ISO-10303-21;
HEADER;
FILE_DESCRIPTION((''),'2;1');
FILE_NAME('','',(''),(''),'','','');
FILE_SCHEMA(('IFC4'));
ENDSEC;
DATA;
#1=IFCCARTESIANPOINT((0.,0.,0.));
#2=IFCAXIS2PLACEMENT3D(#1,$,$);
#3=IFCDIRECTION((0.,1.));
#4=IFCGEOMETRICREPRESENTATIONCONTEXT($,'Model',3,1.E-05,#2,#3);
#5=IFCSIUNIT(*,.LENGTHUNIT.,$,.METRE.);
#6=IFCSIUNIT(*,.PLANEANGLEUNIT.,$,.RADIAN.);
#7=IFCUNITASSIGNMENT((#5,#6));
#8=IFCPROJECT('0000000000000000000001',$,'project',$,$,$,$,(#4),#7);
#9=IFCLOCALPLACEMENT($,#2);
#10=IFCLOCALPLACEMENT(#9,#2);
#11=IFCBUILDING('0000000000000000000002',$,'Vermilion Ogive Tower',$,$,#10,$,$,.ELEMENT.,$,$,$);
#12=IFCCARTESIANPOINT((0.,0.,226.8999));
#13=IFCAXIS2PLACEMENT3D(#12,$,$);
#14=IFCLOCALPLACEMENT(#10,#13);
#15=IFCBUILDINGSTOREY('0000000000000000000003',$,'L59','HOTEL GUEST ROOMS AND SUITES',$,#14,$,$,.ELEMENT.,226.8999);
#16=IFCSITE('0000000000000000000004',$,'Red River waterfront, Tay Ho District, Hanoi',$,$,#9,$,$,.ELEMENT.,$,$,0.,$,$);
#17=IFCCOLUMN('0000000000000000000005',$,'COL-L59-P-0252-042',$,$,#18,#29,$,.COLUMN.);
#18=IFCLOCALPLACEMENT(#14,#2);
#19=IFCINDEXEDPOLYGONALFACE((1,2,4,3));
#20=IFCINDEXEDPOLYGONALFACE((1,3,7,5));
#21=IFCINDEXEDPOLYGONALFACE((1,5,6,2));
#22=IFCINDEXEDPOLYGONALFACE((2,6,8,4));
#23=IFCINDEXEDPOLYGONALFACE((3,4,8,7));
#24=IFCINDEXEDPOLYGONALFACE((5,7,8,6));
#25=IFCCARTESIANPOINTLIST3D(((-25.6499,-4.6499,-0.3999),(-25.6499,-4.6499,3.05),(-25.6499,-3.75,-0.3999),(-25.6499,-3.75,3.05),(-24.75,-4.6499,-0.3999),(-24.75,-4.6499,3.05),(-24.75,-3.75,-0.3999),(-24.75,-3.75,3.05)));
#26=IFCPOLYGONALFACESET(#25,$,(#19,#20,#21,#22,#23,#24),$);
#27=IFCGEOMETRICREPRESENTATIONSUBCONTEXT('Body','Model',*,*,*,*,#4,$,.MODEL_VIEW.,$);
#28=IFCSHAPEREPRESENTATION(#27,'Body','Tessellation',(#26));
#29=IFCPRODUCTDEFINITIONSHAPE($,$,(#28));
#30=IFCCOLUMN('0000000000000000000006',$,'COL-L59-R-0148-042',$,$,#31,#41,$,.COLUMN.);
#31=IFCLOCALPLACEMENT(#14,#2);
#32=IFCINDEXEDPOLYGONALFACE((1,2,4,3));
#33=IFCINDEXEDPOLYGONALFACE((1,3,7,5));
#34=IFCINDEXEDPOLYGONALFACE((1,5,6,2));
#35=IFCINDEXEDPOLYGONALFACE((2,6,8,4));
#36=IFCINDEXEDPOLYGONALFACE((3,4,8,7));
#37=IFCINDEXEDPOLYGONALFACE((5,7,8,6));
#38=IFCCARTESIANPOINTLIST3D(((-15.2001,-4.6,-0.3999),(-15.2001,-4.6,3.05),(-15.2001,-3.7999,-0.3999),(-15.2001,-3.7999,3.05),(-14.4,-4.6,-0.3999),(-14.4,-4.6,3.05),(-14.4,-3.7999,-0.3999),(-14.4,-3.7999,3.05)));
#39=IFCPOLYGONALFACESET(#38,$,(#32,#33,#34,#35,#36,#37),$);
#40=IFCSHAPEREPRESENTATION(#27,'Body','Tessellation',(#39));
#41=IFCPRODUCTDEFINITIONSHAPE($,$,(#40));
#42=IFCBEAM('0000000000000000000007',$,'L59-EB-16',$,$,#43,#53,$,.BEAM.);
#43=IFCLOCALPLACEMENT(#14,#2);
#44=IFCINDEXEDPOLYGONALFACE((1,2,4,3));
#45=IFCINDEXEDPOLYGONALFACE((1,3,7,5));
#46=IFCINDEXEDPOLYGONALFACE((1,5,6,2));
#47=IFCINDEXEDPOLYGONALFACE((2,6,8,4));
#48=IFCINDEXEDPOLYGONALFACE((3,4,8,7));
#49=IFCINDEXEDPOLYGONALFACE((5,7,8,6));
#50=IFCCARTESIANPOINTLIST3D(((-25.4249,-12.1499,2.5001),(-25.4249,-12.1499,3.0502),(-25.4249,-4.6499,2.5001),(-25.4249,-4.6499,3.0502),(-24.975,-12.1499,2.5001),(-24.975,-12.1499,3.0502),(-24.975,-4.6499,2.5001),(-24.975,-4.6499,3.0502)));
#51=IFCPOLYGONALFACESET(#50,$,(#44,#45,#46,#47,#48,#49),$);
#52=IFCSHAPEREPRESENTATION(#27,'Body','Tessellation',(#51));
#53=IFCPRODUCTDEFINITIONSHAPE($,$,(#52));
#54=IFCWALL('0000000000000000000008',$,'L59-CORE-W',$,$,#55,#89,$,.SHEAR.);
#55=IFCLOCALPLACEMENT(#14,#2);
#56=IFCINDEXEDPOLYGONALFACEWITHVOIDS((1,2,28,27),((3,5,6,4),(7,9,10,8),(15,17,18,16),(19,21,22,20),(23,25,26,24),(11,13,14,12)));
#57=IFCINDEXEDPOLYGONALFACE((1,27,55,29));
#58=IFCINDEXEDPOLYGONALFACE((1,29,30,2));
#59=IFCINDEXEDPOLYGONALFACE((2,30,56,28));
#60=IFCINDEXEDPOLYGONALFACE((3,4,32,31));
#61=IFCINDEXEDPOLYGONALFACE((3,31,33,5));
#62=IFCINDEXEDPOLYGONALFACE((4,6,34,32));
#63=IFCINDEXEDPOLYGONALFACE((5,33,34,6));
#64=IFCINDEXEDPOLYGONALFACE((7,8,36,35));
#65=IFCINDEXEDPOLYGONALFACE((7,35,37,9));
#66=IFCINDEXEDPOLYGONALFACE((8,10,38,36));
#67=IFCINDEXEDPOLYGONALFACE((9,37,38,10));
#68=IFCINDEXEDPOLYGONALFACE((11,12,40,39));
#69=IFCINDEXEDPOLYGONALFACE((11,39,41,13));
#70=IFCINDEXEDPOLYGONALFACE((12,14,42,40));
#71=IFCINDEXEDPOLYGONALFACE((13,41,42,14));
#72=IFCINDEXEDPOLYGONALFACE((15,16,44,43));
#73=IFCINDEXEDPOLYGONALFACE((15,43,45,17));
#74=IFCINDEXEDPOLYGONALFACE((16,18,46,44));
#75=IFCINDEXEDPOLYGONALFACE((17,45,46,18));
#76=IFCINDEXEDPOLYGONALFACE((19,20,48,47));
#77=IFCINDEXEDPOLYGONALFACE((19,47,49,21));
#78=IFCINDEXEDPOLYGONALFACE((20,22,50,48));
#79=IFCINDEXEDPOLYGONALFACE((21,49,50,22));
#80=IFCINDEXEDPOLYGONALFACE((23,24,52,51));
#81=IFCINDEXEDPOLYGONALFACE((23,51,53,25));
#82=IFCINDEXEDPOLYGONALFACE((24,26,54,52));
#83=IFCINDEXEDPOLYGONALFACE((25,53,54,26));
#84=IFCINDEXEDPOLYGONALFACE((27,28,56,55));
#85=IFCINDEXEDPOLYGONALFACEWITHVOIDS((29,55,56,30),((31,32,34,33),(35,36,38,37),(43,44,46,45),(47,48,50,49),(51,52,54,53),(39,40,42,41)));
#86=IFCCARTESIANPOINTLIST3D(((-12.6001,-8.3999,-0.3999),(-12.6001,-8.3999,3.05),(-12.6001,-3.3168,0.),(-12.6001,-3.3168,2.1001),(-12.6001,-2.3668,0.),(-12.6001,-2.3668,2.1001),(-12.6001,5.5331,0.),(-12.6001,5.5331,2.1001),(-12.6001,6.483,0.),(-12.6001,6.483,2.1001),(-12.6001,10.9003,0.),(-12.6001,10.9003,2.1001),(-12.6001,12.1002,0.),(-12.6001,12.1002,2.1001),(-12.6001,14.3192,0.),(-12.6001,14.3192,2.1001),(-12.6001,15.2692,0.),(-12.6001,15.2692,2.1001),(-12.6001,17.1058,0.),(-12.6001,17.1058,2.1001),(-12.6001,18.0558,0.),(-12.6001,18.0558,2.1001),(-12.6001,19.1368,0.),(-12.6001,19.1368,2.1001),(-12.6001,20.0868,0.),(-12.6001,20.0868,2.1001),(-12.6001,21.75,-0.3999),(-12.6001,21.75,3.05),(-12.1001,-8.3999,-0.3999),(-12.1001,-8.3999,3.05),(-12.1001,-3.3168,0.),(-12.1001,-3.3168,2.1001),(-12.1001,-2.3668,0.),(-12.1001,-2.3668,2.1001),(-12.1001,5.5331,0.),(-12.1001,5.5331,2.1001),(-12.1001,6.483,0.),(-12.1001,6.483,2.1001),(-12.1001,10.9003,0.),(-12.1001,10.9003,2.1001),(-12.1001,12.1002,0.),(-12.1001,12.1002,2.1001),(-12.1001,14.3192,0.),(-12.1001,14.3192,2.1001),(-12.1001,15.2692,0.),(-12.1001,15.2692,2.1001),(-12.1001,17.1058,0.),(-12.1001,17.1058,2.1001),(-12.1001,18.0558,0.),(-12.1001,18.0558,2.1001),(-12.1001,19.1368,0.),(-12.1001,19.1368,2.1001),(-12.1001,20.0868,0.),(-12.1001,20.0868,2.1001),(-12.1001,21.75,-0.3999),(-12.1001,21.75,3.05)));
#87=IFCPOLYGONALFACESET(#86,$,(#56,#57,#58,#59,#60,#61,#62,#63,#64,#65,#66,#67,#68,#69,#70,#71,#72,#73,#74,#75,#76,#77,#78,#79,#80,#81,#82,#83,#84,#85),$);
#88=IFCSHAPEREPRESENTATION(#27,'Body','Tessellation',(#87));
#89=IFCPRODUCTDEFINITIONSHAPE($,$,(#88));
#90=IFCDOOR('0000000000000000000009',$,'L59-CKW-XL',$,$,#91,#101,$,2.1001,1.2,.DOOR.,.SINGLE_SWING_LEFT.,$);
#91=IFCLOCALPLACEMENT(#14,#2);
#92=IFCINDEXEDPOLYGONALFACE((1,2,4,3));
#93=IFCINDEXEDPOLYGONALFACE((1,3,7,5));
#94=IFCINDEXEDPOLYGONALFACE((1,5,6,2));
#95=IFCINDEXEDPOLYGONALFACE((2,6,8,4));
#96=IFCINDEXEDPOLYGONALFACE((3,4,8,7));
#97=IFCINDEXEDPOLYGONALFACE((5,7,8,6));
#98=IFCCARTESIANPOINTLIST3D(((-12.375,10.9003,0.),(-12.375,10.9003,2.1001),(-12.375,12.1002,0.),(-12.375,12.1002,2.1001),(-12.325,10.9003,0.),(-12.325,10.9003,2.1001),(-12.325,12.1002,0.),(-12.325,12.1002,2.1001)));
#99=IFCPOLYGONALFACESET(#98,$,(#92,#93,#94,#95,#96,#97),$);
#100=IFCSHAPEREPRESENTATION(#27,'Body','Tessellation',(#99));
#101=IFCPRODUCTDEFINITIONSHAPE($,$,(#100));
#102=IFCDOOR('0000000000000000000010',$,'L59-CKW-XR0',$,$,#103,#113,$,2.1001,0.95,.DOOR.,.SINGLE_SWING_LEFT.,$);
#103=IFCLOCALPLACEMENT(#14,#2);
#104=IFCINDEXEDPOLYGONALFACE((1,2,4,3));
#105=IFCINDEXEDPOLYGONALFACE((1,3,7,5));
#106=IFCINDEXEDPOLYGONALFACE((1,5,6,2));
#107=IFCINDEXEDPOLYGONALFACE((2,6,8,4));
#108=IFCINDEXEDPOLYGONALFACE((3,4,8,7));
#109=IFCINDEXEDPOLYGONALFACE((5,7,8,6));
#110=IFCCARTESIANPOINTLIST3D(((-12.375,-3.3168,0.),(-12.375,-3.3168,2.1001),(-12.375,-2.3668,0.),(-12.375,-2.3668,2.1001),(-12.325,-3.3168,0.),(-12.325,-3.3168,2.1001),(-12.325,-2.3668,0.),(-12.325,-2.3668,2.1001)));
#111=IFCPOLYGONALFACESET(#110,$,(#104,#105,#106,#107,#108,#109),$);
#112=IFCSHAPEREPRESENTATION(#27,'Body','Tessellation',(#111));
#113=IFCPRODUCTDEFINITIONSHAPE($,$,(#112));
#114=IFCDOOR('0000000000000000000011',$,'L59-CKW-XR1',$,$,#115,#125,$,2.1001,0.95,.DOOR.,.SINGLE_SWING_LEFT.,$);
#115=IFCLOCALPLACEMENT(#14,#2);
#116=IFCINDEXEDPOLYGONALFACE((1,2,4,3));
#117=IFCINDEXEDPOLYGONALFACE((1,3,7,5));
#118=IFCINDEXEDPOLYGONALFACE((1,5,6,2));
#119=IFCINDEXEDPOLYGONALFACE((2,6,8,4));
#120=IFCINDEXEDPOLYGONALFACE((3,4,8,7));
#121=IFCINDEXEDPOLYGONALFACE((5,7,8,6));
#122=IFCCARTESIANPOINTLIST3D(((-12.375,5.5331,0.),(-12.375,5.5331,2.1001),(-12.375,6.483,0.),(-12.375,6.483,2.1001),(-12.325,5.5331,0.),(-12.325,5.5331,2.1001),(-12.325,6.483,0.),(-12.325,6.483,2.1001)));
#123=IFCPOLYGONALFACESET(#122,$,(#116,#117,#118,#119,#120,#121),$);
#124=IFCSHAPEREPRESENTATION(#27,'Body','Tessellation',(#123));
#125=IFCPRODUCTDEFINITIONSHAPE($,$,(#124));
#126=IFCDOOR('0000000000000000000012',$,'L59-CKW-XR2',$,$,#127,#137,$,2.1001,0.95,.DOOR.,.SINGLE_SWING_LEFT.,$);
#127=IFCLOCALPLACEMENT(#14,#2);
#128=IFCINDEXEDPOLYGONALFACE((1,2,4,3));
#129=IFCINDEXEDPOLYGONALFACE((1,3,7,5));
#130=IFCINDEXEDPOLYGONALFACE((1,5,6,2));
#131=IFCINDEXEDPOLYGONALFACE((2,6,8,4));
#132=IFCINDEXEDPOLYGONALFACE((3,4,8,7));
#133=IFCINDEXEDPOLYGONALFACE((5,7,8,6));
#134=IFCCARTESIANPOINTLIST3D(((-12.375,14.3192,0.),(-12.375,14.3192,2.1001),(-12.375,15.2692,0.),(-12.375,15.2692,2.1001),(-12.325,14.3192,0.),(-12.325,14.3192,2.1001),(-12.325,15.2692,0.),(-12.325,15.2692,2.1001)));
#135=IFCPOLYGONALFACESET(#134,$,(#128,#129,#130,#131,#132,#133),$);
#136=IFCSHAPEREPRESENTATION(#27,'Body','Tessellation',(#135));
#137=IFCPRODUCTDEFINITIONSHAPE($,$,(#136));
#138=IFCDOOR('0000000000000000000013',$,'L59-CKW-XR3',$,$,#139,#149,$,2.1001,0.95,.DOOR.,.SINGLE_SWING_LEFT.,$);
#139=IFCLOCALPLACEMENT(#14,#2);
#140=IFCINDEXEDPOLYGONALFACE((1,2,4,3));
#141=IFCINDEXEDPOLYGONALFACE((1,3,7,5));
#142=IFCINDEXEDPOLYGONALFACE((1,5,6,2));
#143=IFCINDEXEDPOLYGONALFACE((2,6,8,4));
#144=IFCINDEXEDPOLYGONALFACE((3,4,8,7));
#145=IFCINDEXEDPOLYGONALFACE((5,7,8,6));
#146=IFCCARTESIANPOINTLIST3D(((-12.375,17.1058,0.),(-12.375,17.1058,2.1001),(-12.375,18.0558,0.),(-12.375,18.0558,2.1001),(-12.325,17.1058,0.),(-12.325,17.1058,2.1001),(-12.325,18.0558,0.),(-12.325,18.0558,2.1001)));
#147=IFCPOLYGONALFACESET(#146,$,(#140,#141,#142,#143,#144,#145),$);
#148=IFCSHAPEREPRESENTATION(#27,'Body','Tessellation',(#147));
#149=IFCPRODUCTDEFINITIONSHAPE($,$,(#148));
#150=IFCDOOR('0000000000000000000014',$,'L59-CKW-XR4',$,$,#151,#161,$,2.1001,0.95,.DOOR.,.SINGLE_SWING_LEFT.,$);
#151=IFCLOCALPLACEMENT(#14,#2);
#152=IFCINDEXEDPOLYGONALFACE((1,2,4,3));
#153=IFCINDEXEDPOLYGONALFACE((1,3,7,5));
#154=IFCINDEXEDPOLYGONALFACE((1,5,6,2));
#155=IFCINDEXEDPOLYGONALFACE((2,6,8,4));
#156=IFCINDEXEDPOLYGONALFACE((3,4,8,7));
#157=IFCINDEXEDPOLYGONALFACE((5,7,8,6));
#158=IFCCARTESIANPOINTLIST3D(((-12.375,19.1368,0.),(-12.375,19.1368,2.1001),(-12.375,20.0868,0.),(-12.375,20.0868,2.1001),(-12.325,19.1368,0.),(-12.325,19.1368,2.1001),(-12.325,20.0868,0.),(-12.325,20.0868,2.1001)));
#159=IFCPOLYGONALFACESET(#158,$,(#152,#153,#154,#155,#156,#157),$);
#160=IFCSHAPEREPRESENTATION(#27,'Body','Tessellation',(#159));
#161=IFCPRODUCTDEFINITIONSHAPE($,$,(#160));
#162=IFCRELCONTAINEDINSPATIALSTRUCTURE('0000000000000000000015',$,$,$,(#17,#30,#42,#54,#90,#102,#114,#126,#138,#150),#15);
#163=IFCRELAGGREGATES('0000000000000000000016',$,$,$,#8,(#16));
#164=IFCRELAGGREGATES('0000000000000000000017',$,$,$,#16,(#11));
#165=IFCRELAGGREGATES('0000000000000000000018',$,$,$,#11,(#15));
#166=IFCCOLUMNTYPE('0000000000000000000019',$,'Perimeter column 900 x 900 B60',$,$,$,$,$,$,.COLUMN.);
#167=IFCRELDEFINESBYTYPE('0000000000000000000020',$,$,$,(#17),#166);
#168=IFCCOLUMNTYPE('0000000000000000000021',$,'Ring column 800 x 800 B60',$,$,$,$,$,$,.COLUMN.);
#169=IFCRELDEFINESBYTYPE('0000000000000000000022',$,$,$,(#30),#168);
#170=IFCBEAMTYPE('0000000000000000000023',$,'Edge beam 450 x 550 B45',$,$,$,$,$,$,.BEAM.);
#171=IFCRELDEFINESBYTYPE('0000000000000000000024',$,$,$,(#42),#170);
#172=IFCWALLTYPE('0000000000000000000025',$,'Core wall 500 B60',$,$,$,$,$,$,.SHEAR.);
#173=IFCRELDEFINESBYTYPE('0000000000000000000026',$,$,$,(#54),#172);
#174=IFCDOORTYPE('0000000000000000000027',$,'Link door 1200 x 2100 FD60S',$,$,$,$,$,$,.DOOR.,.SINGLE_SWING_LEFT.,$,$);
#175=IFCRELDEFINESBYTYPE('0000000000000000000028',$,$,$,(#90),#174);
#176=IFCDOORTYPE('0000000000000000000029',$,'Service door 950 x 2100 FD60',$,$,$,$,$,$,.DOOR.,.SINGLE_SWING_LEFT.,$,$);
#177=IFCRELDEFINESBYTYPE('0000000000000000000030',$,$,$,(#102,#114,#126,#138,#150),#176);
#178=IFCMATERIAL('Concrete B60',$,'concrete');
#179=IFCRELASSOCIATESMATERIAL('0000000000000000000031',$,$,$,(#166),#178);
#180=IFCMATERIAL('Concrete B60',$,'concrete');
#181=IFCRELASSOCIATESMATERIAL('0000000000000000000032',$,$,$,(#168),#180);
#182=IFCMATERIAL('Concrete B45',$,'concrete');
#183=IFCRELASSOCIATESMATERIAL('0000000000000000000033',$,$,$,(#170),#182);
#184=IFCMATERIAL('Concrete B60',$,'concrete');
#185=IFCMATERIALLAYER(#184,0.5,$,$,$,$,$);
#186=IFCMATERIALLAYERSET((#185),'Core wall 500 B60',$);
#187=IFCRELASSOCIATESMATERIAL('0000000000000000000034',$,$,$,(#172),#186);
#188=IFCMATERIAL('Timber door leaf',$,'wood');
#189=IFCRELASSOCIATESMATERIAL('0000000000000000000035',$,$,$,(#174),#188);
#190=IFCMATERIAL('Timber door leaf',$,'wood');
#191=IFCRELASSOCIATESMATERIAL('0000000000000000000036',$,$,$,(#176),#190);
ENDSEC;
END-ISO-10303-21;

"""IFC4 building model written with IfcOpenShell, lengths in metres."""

from ifc_helpers import new_model, si_unit, direction, frame, frame_2d, origin, origin_2d, place, context, subcontext, project, spatial, rectangle, extrude, material, layer, layer_set, material_profile, profile_set, type_object, element, fill, save


model = new_model("IFC4")

# Units and contexts
model_context = context("Model", 3, precision=1e-05, world=origin(), true_north=direction((0.0, 1.0)))
body_context = subcontext(model_context, "Body", "Model", "MODEL_VIEW")
ifc_project = project(units=[si_unit("LENGTHUNIT", "METRE"), si_unit("PLANEANGLEUNIT", "RADIAN")], contexts=[model_context])

# Site, building, storey
site_placement = place(None, origin())
site = spatial("IfcSite", under=ifc_project, at=site_placement, Name="Red River waterfront, Tay Ho District, Hanoi", CompositionType="ELEMENT", RefElevation=0.0)
building_placement = place(site_placement, origin())
building = spatial("IfcBuilding", under=site, at=building_placement, Name="Vermilion Ogive Tower", CompositionType="ELEMENT")
storey_placement = place(building_placement, frame((0.0, 0.0, 226.8999)))
storey = spatial("IfcBuildingStorey", under=building, at=storey_placement, Name="L59", Description="HOTEL GUEST ROOMS AND SUITES", CompositionType="ELEMENT", Elevation=226.8999)

# Columns
ifc_material_1 = material(Name="Concrete B60", Category="concrete")
ifc_material_profile_1 = material_profile(ifc_material_1, rectangle(XDim=0.8999, YDim=0.8999, at=origin_2d()), Name="900 x 900")
ifc_profile_set_1 = profile_set([ifc_material_profile_1], Name="Concrete B60")
column_type_1 = type_object("IfcColumnType", Name="Perimeter column 900 x 900 B60", PredefinedType="COLUMN", material=ifc_profile_set_1)
column_1_placement = place(storey_placement, frame((-25.2, -4.2, -0.3999), z_axis=(0.0, 0.0, 1.0), x_axis=(1.0, 0.0, 0.0)))
element("IfcColumn", 1, at=column_1_placement, inside=storey, type_object=column_type_1, Name="COL-L59-P-0252-042", PredefinedType="COLUMN", context=body_context, shape_type="SweptSolid", body=[
    extrude(rectangle(XDim=0.8999, YDim=0.8999, at=origin_2d()), origin(), (0.0, 0.0, 1.0), 3.45),
])
ifc_material_2 = material(Name="Concrete B60", Category="concrete")
ifc_material_profile_2 = material_profile(ifc_material_2, rectangle(XDim=0.8, YDim=0.8, at=origin_2d()), Name="800 x 800")
ifc_profile_set_2 = profile_set([ifc_material_profile_2], Name="Concrete B60")
column_type_2 = type_object("IfcColumnType", Name="Ring column 800 x 800 B60", PredefinedType="COLUMN", material=ifc_profile_set_2)
column_2_placement = place(storey_placement, frame((-14.8, -4.2, -0.3999), z_axis=(0.0, 0.0, 1.0), x_axis=(1.0, 0.0, 0.0)))
element("IfcColumn", 2, at=column_2_placement, inside=storey, type_object=column_type_2, Name="COL-L59-R-0148-042", PredefinedType="COLUMN", context=body_context, shape_type="SweptSolid", body=[
    extrude(rectangle(XDim=0.8, YDim=0.8, at=origin_2d()), origin(), (0.0, 0.0, 1.0), 3.45),
])

# Beam
ifc_material_3 = material(Name="Concrete B45", Category="concrete")
ifc_material_profile_3 = material_profile(ifc_material_3, rectangle(XDim=0.45, YDim=0.55, at=origin_2d()), Name="450 x 550")
ifc_profile_set_3 = profile_set([ifc_material_profile_3], Name="Concrete B45")
beam_type = type_object("IfcBeamType", Name="Edge beam 450 x 550 B45", PredefinedType="BEAM", material=ifc_profile_set_3)
beam_placement = place(storey_placement, frame((-25.2, -4.6499, 2.7751), z_axis=(0.0, -1.0, 0.0), x_axis=(1.0, 0.0, 0.0)))
element("IfcBeam", 3, at=beam_placement, inside=storey, type_object=beam_type, Name="L59-EB-16", PredefinedType="BEAM", context=body_context, shape_type="SweptSolid", body=[
    extrude(rectangle(XDim=0.45, YDim=0.55, at=origin_2d()), origin(), (0.0, 0.0, 1.0), 7.5),
])

# Wall, openings, doors
ifc_material_4 = material(Name="Concrete B60", Category="concrete")
ifc_layer_1 = layer(ifc_material_4, 0.5)
ifc_layer_set_1 = layer_set([ifc_layer_1], Name="Core wall 500 B60")
wall_type_1 = type_object("IfcWallType", Name="Core wall 500 B60", PredefinedType="SHEAR", material=ifc_layer_set_1)
wall_1_placement = place(storey_placement, frame((-12.3501, -8.3999, -0.3999), z_axis=(0.0, 0.0, 1.0), x_axis=(0.0, 1.0, 0.0)))
wall_1 = element("IfcWall", 4, at=wall_1_placement, inside=storey, type_object=wall_type_1, Name="L59-CORE-W", PredefinedType="SHEAR", context=body_context, shape_type="SweptSolid", body=[
    extrude(rectangle(XDim=30.1499, YDim=0.5, at=frame_2d((15.075, 0.0))), origin(), (0.0, 0.0, 1.0), 3.45),
])
opening_1_placement = place(wall_1_placement, frame((5.083, 0.0, 0.3999)))
opening_1 = element("IfcOpeningElement", 5, at=opening_1_placement, cuts=wall_1, PredefinedType="OPENING", context=body_context, shape_type="SweptSolid", body=[
    extrude(rectangle(XDim=0.95, YDim=2.1001, at=frame_2d((0.4751, 1.05))), frame((0.0, 0.26, 0.0), z_axis=(0.0, -1.0, 0.0), x_axis=(1.0, 0.0, 0.0)), (0.0, 0.0, 1.0), 0.52),
])
opening_2_placement = place(wall_1_placement, frame((13.9329, 0.0, 0.3999)))
opening_2 = element("IfcOpeningElement", 6, at=opening_2_placement, cuts=wall_1, PredefinedType="OPENING", context=body_context, shape_type="SweptSolid", body=[
    extrude(rectangle(XDim=0.95, YDim=2.1001, at=frame_2d((0.4751, 1.05))), frame((0.0, 0.26, 0.0), z_axis=(0.0, -1.0, 0.0), x_axis=(1.0, 0.0, 0.0)), (0.0, 0.0, 1.0), 0.52),
])
opening_3_placement = place(wall_1_placement, frame((22.719, 0.0, 0.3999)))
opening_3 = element("IfcOpeningElement", 7, at=opening_3_placement, cuts=wall_1, PredefinedType="OPENING", context=body_context, shape_type="SweptSolid", body=[
    extrude(rectangle(XDim=0.95, YDim=2.1001, at=frame_2d((0.4751, 1.05))), frame((0.0, 0.26, 0.0), z_axis=(0.0, -1.0, 0.0), x_axis=(1.0, 0.0, 0.0)), (0.0, 0.0, 1.0), 0.52),
])
opening_4_placement = place(wall_1_placement, frame((25.5056, 0.0, 0.3999)))
opening_4 = element("IfcOpeningElement", 8, at=opening_4_placement, cuts=wall_1, PredefinedType="OPENING", context=body_context, shape_type="SweptSolid", body=[
    extrude(rectangle(XDim=0.95, YDim=2.1001, at=frame_2d((0.4751, 1.05))), frame((0.0, 0.26, 0.0), z_axis=(0.0, -1.0, 0.0), x_axis=(1.0, 0.0, 0.0)), (0.0, 0.0, 1.0), 0.52),
])
opening_5_placement = place(wall_1_placement, frame((27.5366, 0.0, 0.3999)))
opening_5 = element("IfcOpeningElement", 9, at=opening_5_placement, cuts=wall_1, PredefinedType="OPENING", context=body_context, shape_type="SweptSolid", body=[
    extrude(rectangle(XDim=0.95, YDim=2.1001, at=frame_2d((0.4751, 1.05))), frame((0.0, 0.26, 0.0), z_axis=(0.0, -1.0, 0.0), x_axis=(1.0, 0.0, 0.0)), (0.0, 0.0, 1.0), 0.52),
])
opening_6_placement = place(wall_1_placement, frame((19.3, 0.0, 0.3999)))
opening_6 = element("IfcOpeningElement", 10, at=opening_6_placement, cuts=wall_1, PredefinedType="OPENING", context=body_context, shape_type="SweptSolid", body=[
    extrude(rectangle(XDim=1.2, YDim=2.1001, at=frame_2d((0.6001, 1.05))), frame((0.0, 0.26, 0.0), z_axis=(0.0, -1.0, 0.0), x_axis=(1.0, 0.0, 0.0)), (0.0, 0.0, 1.0), 0.52),
])
ifc_material_5 = material(Name="Timber door leaf", Category="wood")
door_type_1 = type_object("IfcDoorType", Name="Link door 1200 x 2100 FD60S", OperationType="SINGLE_SWING_LEFT", PredefinedType="DOOR", material=ifc_material_5)
door_1_placement = place(opening_6_placement, origin())
door_1 = element("IfcDoor", 11, at=door_1_placement, inside=storey, type_object=door_type_1, Name="L59-CKW-XL", OperationType="SINGLE_SWING_LEFT", OverallHeight=2.1001, OverallWidth=1.2, PredefinedType="DOOR", context=body_context, shape_type="SweptSolid", body=[
    extrude(rectangle(XDim=1.2, YDim=2.1001, at=frame_2d((0.6001, 1.05))), frame((0.0, 0.0249, 0.0), z_axis=(0.0, -1.0, 0.0), x_axis=(1.0, 0.0, 0.0)), (0.0, 0.0, 1.0), 0.05),
])
fill(opening_6, door_1)
ifc_material_6 = material(Name="Timber door leaf", Category="wood")
door_type_2 = type_object("IfcDoorType", Name="Service door 950 x 2100 FD60", OperationType="SINGLE_SWING_LEFT", PredefinedType="DOOR", material=ifc_material_6)
door_2_placement = place(opening_1_placement, origin())
door_2 = element("IfcDoor", 12, at=door_2_placement, inside=storey, type_object=door_type_2, Name="L59-CKW-XR0", OperationType="SINGLE_SWING_LEFT", OverallHeight=2.1001, OverallWidth=0.95, PredefinedType="DOOR", context=body_context, shape_type="SweptSolid", body=[
    extrude(rectangle(XDim=0.95, YDim=2.1001, at=frame_2d((0.4751, 1.05))), frame((0.0, 0.0249, 0.0), z_axis=(0.0, -1.0, 0.0), x_axis=(1.0, 0.0, 0.0)), (0.0, 0.0, 1.0), 0.05),
])
fill(opening_1, door_2)
door_3_placement = place(opening_2_placement, origin())
door_3 = element("IfcDoor", 13, at=door_3_placement, inside=storey, type_object=door_type_2, Name="L59-CKW-XR1", OperationType="SINGLE_SWING_LEFT", OverallHeight=2.1001, OverallWidth=0.95, PredefinedType="DOOR", context=body_context, shape_type="SweptSolid", body=[
    extrude(rectangle(XDim=0.95, YDim=2.1001, at=frame_2d((0.4751, 1.05))), frame((0.0, 0.0249, 0.0), z_axis=(0.0, -1.0, 0.0), x_axis=(1.0, 0.0, 0.0)), (0.0, 0.0, 1.0), 0.05),
])
fill(opening_2, door_3)
door_4_placement = place(opening_3_placement, origin())
door_4 = element("IfcDoor", 14, at=door_4_placement, inside=storey, type_object=door_type_2, Name="L59-CKW-XR2", OperationType="SINGLE_SWING_LEFT", OverallHeight=2.1001, OverallWidth=0.95, PredefinedType="DOOR", context=body_context, shape_type="SweptSolid", body=[
    extrude(rectangle(XDim=0.95, YDim=2.1001, at=frame_2d((0.4751, 1.05))), frame((0.0, 0.0249, 0.0), z_axis=(0.0, -1.0, 0.0), x_axis=(1.0, 0.0, 0.0)), (0.0, 0.0, 1.0), 0.05),
])
fill(opening_3, door_4)
door_5_placement = place(opening_4_placement, origin())
door_5 = element("IfcDoor", 15, at=door_5_placement, inside=storey, type_object=door_type_2, Name="L59-CKW-XR3", OperationType="SINGLE_SWING_LEFT", OverallHeight=2.1001, OverallWidth=0.95, PredefinedType="DOOR", context=body_context, shape_type="SweptSolid", body=[
    extrude(rectangle(XDim=0.95, YDim=2.1001, at=frame_2d((0.4751, 1.05))), frame((0.0, 0.0249, 0.0), z_axis=(0.0, -1.0, 0.0), x_axis=(1.0, 0.0, 0.0)), (0.0, 0.0, 1.0), 0.05),
])
fill(opening_4, door_5)
door_6_placement = place(opening_5_placement, origin())
door_6 = element("IfcDoor", 16, at=door_6_placement, inside=storey, type_object=door_type_2, Name="L59-CKW-XR4", OperationType="SINGLE_SWING_LEFT", OverallHeight=2.1001, OverallWidth=0.95, PredefinedType="DOOR", context=body_context, shape_type="SweptSolid", body=[
    extrude(rectangle(XDim=0.95, YDim=2.1001, at=frame_2d((0.4751, 1.05))), frame((0.0, 0.0249, 0.0), z_axis=(0.0, -1.0, 0.0), x_axis=(1.0, 0.0, 0.0)), (0.0, 0.0, 1.0), 0.05),
])
fill(opening_5, door_6)

save(model, "model.ifc")
